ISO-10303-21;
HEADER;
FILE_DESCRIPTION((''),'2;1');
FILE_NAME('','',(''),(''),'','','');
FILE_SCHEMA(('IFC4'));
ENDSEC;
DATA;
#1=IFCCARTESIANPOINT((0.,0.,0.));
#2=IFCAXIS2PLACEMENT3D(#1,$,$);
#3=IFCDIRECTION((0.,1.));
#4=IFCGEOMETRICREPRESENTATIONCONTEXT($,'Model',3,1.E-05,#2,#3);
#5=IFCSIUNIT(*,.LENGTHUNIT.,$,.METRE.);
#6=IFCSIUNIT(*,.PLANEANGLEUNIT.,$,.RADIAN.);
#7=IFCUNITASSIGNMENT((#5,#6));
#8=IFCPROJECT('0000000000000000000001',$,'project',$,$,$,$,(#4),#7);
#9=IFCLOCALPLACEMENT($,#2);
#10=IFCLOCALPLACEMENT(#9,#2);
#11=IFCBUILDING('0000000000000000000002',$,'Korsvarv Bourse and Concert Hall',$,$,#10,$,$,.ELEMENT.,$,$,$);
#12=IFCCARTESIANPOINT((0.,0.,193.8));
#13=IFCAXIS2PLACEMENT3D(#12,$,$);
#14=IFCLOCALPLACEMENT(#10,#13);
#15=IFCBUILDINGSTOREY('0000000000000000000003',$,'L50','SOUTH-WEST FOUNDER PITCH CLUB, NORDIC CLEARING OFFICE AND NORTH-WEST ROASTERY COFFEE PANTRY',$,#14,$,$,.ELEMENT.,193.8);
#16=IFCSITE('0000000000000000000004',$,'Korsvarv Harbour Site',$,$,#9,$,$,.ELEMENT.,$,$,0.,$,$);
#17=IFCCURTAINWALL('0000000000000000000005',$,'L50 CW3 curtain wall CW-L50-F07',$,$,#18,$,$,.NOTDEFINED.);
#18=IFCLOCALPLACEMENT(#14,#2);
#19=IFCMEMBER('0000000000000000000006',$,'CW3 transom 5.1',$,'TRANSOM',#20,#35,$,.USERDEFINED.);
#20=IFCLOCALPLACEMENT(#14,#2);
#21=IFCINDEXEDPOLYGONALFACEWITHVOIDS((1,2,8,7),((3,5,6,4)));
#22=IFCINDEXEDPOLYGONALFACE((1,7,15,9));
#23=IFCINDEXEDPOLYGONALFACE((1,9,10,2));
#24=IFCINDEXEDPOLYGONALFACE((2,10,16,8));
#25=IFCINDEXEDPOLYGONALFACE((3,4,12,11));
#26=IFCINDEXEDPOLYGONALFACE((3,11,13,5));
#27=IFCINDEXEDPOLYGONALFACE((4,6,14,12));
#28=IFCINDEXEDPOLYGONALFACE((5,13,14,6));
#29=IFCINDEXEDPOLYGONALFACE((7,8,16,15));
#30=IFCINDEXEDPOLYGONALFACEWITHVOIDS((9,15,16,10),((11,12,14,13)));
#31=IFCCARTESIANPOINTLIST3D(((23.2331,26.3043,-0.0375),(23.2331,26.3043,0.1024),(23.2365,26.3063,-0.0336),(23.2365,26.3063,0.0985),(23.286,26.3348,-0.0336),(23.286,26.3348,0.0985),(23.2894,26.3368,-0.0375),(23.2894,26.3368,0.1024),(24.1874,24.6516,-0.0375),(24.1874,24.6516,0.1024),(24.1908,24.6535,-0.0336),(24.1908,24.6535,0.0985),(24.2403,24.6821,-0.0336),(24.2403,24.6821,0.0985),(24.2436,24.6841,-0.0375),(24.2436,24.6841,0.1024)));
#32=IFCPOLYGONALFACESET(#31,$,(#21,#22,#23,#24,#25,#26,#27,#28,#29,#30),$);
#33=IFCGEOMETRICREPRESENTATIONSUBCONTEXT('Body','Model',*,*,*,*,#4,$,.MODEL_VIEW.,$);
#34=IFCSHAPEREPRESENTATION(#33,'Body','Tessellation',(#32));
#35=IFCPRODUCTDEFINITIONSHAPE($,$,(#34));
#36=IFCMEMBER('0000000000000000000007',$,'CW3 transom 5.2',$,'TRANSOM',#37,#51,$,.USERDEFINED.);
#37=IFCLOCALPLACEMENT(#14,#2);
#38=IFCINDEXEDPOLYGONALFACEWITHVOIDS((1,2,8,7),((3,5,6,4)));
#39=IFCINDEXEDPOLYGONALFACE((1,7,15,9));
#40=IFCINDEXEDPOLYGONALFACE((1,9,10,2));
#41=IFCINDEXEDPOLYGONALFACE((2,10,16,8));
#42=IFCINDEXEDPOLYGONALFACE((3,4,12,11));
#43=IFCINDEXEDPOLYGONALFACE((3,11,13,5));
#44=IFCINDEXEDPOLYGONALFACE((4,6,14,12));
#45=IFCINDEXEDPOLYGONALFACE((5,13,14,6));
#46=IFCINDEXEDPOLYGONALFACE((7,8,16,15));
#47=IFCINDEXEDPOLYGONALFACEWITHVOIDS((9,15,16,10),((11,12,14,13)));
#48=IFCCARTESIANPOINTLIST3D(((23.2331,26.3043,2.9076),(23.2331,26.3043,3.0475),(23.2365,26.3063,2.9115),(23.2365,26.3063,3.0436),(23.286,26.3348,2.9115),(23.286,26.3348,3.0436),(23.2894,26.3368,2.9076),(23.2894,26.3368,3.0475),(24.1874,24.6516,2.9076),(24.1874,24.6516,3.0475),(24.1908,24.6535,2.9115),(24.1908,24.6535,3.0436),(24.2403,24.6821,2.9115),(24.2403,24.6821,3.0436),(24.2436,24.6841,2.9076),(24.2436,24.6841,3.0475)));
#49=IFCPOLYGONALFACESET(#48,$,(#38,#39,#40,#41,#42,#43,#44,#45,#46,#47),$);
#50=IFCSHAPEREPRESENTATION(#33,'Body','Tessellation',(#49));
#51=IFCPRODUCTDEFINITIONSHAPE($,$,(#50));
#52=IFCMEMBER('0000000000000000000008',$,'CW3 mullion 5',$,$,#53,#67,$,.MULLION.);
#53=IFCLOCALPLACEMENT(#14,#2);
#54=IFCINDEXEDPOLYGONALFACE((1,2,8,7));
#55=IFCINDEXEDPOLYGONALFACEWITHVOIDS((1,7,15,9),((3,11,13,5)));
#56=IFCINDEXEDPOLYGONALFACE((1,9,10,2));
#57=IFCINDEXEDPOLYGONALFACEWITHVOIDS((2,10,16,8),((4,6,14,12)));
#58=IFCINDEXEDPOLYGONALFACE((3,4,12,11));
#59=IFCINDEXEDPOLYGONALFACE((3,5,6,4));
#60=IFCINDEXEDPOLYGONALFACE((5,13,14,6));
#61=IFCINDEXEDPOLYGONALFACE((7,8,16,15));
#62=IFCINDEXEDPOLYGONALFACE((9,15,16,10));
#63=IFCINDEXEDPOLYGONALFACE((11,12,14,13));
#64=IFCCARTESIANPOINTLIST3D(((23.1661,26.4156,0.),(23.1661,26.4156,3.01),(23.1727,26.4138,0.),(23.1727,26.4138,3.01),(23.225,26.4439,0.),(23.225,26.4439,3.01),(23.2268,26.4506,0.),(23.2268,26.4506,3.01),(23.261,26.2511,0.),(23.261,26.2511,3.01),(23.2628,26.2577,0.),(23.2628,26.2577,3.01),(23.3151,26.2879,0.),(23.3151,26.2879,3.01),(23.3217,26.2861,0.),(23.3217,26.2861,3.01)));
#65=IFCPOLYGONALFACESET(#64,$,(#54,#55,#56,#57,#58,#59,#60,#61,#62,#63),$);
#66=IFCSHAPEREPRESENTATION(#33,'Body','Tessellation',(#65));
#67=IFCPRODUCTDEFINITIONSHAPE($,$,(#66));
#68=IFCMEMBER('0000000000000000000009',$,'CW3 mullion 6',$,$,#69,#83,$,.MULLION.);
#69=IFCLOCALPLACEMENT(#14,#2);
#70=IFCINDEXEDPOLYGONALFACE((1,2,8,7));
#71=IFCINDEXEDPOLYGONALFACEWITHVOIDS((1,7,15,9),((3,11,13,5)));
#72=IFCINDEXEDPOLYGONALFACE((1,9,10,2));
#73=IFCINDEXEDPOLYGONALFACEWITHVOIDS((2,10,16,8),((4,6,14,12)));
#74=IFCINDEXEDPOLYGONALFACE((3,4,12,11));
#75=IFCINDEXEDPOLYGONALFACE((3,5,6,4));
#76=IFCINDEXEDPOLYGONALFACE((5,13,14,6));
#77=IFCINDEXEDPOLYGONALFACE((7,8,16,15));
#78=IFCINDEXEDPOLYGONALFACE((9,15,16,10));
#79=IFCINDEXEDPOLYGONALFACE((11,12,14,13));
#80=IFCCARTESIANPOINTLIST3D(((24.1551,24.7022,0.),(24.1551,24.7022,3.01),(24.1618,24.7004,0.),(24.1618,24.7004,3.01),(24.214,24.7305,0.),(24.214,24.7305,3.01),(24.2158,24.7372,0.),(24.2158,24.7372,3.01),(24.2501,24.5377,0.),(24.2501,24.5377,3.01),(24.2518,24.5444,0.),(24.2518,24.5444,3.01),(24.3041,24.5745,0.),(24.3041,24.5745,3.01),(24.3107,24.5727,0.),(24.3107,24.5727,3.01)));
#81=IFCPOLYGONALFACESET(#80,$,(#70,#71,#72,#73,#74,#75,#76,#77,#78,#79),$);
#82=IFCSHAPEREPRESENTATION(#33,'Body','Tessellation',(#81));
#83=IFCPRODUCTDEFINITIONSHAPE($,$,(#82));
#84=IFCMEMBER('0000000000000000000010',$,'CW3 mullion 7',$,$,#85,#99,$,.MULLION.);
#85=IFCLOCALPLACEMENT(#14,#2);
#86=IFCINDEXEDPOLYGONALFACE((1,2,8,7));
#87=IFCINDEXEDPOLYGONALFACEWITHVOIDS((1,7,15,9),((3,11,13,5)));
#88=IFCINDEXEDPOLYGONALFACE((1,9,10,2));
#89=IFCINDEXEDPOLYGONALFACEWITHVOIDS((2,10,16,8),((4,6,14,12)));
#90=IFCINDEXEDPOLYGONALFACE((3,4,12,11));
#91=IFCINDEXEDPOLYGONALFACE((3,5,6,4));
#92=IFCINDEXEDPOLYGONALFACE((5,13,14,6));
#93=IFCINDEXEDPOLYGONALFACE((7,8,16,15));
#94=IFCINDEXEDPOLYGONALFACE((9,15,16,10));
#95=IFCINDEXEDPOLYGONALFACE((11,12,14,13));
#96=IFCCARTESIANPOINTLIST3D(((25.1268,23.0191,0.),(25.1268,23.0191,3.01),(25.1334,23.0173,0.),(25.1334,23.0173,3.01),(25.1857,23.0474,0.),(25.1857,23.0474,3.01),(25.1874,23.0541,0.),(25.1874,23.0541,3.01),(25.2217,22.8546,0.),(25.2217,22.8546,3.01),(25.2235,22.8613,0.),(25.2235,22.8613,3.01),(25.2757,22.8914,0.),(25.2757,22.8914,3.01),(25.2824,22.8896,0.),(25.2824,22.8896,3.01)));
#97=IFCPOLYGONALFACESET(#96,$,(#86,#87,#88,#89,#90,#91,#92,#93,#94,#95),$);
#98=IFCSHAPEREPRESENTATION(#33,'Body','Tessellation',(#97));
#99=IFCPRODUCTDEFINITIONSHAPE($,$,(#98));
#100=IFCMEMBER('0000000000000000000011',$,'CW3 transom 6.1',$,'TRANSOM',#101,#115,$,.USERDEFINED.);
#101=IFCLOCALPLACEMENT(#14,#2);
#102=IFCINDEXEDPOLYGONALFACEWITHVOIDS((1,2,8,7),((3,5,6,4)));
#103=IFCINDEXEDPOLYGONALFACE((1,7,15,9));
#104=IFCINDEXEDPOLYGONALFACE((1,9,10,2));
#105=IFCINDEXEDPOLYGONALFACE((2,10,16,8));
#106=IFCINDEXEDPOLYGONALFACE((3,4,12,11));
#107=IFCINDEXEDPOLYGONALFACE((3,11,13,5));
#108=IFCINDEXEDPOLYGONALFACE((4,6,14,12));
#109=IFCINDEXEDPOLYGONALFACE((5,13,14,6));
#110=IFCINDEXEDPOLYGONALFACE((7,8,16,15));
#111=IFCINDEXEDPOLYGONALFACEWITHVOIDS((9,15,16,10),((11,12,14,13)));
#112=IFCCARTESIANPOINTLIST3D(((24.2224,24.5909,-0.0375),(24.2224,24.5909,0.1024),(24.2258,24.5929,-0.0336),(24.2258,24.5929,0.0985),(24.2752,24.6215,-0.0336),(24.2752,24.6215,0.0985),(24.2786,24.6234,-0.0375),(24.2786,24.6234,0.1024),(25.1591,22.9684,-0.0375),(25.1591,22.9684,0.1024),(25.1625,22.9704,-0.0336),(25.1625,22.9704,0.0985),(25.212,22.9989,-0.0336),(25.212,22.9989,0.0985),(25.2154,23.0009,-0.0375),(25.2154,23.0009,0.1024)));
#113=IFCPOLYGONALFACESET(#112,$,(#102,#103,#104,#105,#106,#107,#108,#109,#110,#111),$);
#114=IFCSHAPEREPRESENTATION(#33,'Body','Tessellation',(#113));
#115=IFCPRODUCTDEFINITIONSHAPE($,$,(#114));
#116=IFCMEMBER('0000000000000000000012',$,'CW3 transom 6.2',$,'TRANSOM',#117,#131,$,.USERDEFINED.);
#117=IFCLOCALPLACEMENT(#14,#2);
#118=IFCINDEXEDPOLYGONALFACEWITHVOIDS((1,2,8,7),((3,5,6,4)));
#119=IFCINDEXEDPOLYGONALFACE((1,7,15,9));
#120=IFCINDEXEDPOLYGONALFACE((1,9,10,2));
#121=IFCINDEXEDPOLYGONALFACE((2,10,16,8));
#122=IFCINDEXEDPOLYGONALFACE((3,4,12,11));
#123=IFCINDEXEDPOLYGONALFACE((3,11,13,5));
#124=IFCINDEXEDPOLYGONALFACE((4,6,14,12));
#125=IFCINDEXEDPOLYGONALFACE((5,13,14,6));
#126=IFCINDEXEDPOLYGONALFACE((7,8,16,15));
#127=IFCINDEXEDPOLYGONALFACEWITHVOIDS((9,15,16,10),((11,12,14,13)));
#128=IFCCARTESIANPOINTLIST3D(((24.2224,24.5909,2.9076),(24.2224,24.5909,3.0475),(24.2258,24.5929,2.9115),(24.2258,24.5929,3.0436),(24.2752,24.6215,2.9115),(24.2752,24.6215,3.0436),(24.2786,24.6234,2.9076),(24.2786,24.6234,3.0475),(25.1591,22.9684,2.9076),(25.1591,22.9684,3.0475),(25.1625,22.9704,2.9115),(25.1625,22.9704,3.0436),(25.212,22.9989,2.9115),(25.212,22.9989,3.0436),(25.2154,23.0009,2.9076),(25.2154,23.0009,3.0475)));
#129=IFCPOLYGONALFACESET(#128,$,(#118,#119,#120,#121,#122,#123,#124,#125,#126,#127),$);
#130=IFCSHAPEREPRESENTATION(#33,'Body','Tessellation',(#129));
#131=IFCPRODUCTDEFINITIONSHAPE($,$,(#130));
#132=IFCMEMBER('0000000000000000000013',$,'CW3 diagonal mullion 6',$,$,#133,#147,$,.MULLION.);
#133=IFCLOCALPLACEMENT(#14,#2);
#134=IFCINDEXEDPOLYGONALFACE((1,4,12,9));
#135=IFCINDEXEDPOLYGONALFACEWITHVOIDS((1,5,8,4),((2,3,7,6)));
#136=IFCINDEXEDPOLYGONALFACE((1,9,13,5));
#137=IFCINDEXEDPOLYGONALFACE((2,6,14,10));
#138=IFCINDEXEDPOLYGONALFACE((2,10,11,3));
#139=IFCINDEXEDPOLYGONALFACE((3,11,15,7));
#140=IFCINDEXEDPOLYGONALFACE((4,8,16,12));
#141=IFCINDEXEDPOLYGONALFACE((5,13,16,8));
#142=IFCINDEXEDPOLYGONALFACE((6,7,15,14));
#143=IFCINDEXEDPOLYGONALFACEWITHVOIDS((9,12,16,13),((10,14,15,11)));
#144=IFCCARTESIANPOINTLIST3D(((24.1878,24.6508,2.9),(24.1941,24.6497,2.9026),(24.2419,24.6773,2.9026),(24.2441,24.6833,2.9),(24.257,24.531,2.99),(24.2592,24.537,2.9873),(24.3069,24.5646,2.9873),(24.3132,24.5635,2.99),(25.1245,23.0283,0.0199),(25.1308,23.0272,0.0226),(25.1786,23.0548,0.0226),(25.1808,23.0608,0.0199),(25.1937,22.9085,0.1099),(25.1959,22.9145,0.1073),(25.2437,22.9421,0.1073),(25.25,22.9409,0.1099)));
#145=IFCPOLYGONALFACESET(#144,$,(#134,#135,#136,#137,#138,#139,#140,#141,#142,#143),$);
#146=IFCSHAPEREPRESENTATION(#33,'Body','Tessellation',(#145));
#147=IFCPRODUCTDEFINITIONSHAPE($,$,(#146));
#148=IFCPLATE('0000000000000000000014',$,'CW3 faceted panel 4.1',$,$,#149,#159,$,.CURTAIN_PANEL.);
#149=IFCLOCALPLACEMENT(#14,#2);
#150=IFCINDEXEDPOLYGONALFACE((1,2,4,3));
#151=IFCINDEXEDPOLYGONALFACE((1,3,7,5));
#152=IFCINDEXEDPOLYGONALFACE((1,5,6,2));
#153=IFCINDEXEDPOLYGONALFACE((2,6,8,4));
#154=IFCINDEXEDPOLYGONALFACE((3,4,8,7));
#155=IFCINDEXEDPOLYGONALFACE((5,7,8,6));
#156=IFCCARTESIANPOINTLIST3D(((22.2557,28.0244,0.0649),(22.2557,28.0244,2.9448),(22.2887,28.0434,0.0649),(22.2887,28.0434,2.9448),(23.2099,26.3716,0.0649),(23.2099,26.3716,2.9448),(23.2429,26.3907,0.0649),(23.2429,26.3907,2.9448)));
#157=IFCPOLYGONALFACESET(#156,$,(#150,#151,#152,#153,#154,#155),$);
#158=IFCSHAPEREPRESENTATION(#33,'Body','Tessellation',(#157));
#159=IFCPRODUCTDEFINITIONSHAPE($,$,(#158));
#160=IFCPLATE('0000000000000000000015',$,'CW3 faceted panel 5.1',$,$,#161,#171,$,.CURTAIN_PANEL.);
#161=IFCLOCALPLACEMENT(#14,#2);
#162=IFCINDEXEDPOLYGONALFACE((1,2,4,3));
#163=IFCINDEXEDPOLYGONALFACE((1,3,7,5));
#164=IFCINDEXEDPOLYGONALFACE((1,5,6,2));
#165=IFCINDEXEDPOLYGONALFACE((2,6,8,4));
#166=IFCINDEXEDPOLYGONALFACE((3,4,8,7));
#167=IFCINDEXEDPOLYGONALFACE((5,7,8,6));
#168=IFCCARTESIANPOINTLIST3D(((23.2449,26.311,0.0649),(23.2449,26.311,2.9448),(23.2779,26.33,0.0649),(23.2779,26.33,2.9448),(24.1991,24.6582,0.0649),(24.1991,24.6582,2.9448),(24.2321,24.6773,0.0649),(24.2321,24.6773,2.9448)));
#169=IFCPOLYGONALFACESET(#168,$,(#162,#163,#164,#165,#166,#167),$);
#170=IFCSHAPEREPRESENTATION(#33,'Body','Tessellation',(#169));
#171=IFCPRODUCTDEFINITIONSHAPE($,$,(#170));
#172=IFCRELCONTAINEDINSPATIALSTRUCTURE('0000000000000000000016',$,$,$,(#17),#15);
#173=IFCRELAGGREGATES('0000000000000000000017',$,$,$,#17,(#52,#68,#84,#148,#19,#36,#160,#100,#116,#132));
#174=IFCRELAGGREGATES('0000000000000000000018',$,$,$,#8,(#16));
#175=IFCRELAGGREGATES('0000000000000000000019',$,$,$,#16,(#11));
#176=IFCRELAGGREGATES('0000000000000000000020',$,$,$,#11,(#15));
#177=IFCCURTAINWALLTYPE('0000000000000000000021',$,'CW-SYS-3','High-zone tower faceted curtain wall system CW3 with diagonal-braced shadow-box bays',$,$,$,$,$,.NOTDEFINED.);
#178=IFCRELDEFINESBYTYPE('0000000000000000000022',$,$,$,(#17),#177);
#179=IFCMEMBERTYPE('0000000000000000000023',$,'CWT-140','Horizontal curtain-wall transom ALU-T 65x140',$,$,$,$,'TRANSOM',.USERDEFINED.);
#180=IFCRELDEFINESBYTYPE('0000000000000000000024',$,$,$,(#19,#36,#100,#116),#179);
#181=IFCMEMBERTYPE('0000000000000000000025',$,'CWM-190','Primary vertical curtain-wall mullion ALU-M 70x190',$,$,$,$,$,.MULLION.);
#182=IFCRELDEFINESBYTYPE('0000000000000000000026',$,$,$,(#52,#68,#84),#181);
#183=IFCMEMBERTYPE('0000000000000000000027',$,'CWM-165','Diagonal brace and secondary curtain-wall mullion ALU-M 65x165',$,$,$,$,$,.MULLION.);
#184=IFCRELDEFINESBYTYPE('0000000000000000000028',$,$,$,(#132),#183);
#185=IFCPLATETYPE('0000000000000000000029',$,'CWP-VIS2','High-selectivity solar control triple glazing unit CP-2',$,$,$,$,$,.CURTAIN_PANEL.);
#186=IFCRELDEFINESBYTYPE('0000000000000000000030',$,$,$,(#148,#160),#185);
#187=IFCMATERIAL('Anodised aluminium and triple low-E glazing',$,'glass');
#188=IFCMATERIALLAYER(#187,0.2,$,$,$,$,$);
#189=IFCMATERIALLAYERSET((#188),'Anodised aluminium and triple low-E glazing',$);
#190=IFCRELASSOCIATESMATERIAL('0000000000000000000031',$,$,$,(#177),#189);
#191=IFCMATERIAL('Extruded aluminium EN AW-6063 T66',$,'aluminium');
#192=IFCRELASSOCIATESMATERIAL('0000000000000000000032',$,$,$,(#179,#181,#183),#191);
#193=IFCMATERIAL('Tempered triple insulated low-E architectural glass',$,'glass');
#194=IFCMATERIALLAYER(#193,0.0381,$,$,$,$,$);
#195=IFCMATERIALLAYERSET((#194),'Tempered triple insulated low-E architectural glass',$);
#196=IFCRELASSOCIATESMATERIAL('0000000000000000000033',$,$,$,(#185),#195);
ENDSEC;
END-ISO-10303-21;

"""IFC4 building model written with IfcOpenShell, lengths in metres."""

from ifc_helpers import new_model, si_unit, direction, frame, origin, origin_2d, place, context, subcontext, project, spatial, rectangle, hollow_rectangle, extrude, source, transform, mapped, material, layer, layer_set, material_profile, profile_set, type_object, element, aggregate, save


model = new_model("IFC4")

# Units and contexts
model_context = context("Model", 3, precision=1e-05, world=origin(), true_north=direction((0.0, 1.0)))
body_context = subcontext(model_context, "Body", "Model", "MODEL_VIEW")
ifc_project = project(units=[si_unit("LENGTHUNIT", "METRE"), si_unit("PLANEANGLEUNIT", "RADIAN")], contexts=[model_context])

# Site, building, storey
site_placement = place(None, origin())
site = spatial("IfcSite", under=ifc_project, at=site_placement, Name="Korsvarv Harbour Site", CompositionType="ELEMENT", RefElevation=0.0)
building_placement = place(site_placement, origin())
building = spatial("IfcBuilding", under=site, at=building_placement, Name="Korsvarv Bourse and Concert Hall", CompositionType="ELEMENT")
storey_placement = place(building_placement, frame((0.0, 0.0, 193.8)))
storey = spatial("IfcBuildingStorey", under=building, at=storey_placement, Name="L50", Description="SOUTH-WEST FOUNDER PITCH CLUB, NORDIC CLEARING OFFICE AND NORTH-WEST ROASTERY COFFEE PANTRY", CompositionType="ELEMENT", Elevation=193.8)

# Curtain wall, members, plates
ifc_material_1 = material(Name="Anodised aluminium and triple low-E glazing", Category="glass")
ifc_layer_1 = layer(ifc_material_1, 0.2)
ifc_layer_set_1 = layer_set([ifc_layer_1], Name="Anodised aluminium and triple low-E glazing")
curtain_wall_type = type_object("IfcCurtainWallType", Name="CW-SYS-3", Description="High-zone tower faceted curtain wall system CW3 with diagonal-braced shadow-box bays", PredefinedType="NOTDEFINED", material=ifc_layer_set_1)
curtain_wall_placement = place(storey_placement, origin())
curtain_wall = element("IfcCurtainWall", 1, at=curtain_wall_placement, inside=storey, type_object=curtain_wall_type, Name="L50 CW3 curtain wall CW-L50-F07", PredefinedType="NOTDEFINED")
ifc_material_2 = material(Name="Extruded aluminium EN AW-6063 T66", Category="aluminium")
ifc_material_profile_1 = material_profile(ifc_material_2, hollow_rectangle(XDim=0.0649, YDim=0.1399, WallThickness=0.0039, at=origin_2d()), Name="ALU-T 65x140")
ifc_profile_set_1 = profile_set([ifc_material_profile_1], Name="Extruded aluminium EN AW-6063 T66")
member_type_1 = type_object("IfcMemberType", Name="CWT-140", Description="Horizontal curtain-wall transom ALU-T 65x140", ElementType="TRANSOM", PredefinedType="USERDEFINED", material=ifc_profile_set_1)
shared_shape_1 = source(origin(), body_context, "Body", "SweptSolid", [
    extrude(hollow_rectangle(XDim=0.0649, YDim=0.1399, WallThickness=0.0039, at=origin_2d()), origin(), (0.0, 0.0, 1.0), 1.9084),
])
member_1_placement = place(storey_placement, frame((23.2612, 26.3206, 0.0325), z_axis=(0.500032, -0.866007, 0.0), x_axis=(0.866007, 0.500032, 0.0)))
member_1 = element("IfcMember", 2, at=member_1_placement, type_object=member_type_1, Name="CW3 transom 5.1", ObjectType="TRANSOM", PredefinedType="USERDEFINED", context=body_context, shape_type="MappedRepresentation", body=[
    mapped(shared_shape_1, transform((0.0, 0.0, 0.0), scale=1.0)),
])
member_2_placement = place(storey_placement, frame((23.2612, 26.3206, 2.9775), z_axis=(0.500032, -0.866007, 0.0), x_axis=(0.866007, 0.500032, 0.0)))
member_2 = element("IfcMember", 3, at=member_2_placement, type_object=member_type_1, Name="CW3 transom 5.2", ObjectType="TRANSOM", PredefinedType="USERDEFINED", context=body_context, shape_type="MappedRepresentation", body=[
    mapped(shared_shape_1, transform((0.0, 0.0, 0.0), scale=1.0)),
])
ifc_material_profile_2 = material_profile(ifc_material_2, hollow_rectangle(XDim=0.0701, YDim=0.1899, WallThickness=0.0049, at=origin_2d()), Name="ALU-M 70x190")
ifc_profile_set_2 = profile_set([ifc_material_profile_2], Name="Extruded aluminium EN AW-6063 T66")
member_type_2 = type_object("IfcMemberType", Name="CWM-190", Description="Primary vertical curtain-wall mullion ALU-M 70x190", PredefinedType="MULLION", material=ifc_profile_set_2)
shared_shape_2 = source(origin(), body_context, "Body", "SweptSolid", [
    extrude(hollow_rectangle(XDim=0.0701, YDim=0.1899, WallThickness=0.0049, at=origin_2d()), origin(), (0.0, 0.0, 1.0), 3.01),
])
member_3_placement = place(storey_placement, frame((23.2439, 26.3508, 0.0), z_axis=(0.0, 0.0, 1.0), x_axis=(0.86603, 0.499993, 0.0)))
member_3 = element("IfcMember", 4, at=member_3_placement, type_object=member_type_2, Name="CW3 mullion 5", PredefinedType="MULLION", context=body_context, shape_type="MappedRepresentation", body=[
    mapped(shared_shape_2, transform((0.0, 0.0, 0.0), scale=1.0)),
])
member_4_placement = place(storey_placement, frame((24.2329, 24.6375, 0.0), z_axis=(0.0, 0.0, 1.0), x_axis=(0.86603, 0.499993, 0.0)))
member_4 = element("IfcMember", 5, at=member_4_placement, type_object=member_type_2, Name="CW3 mullion 6", PredefinedType="MULLION", context=body_context, shape_type="MappedRepresentation", body=[
    mapped(shared_shape_2, transform((0.0, 0.0, 0.0), scale=1.0)),
])
member_5_placement = place(storey_placement, frame((25.2046, 22.9543, 0.0), z_axis=(0.0, 0.0, 1.0), x_axis=(0.86603, 0.499993, 0.0)))
member_5 = element("IfcMember", 6, at=member_5_placement, type_object=member_type_2, Name="CW3 mullion 7", PredefinedType="MULLION", context=body_context, shape_type="MappedRepresentation", body=[
    mapped(shared_shape_2, transform((0.0, 0.0, 0.0), scale=1.0)),
])
shared_shape_3 = source(origin(), body_context, "Body", "SweptSolid", [
    extrude(hollow_rectangle(XDim=0.0649, YDim=0.1399, WallThickness=0.0039, at=origin_2d()), origin(), (0.0, 0.0, 1.0), 1.8735),
])
member_6_placement = place(storey_placement, frame((24.2505, 24.6072, 0.0325), z_axis=(0.499993, -0.866029, 0.0), x_axis=(0.866029, 0.499993, 0.0)))
member_6 = element("IfcMember", 7, at=member_6_placement, type_object=member_type_1, Name="CW3 transom 6.1", ObjectType="TRANSOM", PredefinedType="USERDEFINED", context=body_context, shape_type="MappedRepresentation", body=[
    mapped(shared_shape_3, transform((0.0, 0.0, 0.0), scale=1.0)),
])
member_7_placement = place(storey_placement, frame((24.2505, 24.6072, 2.9775), z_axis=(0.499993, -0.866029, 0.0), x_axis=(0.866029, 0.499993, 0.0)))
member_7 = element("IfcMember", 8, at=member_7_placement, type_object=member_type_1, Name="CW3 transom 6.2", ObjectType="TRANSOM", PredefinedType="USERDEFINED", context=body_context, shape_type="MappedRepresentation", body=[
    mapped(shared_shape_3, transform((0.0, 0.0, 0.0), scale=1.0)),
])
ifc_material_profile_3 = material_profile(ifc_material_2, hollow_rectangle(XDim=0.0649, YDim=0.165, WallThickness=0.0049, at=origin_2d()), Name="ALU-M 65x165")
ifc_profile_set_3 = profile_set([ifc_material_profile_3], Name="Extruded aluminium EN AW-6063 T66")
member_type_3 = type_object("IfcMemberType", Name="CWM-165", Description="Diagonal brace and secondary curtain-wall mullion ALU-M 65x165", PredefinedType="MULLION", material=ifc_profile_set_3)
shared_shape_4 = source(origin(), body_context, "Body", "SweptSolid", [
    extrude(hollow_rectangle(XDim=0.0649, YDim=0.165, WallThickness=0.0049, at=origin_2d()), origin(), (0.0, 0.0, 1.0), 3.4358),
])
member_8_placement = place(storey_placement, frame((25.1873, 22.9846, 0.0649), z_axis=(-0.272642, 0.472238, 0.838247), x_axis=(-0.866029, -0.499993, 0.0)))
member_8 = element("IfcMember", 9, at=member_8_placement, type_object=member_type_3, Name="CW3 diagonal mullion 6", PredefinedType="MULLION", context=body_context, shape_type="MappedRepresentation", body=[
    mapped(shared_shape_4, transform((0.0, 0.0, 0.0), scale=1.0)),
])
ifc_material_3 = material(Name="Tempered triple insulated low-E architectural glass", Category="glass")
ifc_layer_2 = layer(ifc_material_3, 0.0381)
ifc_layer_set_2 = layer_set([ifc_layer_2], Name="Tempered triple insulated low-E architectural glass")
plate_type_1 = type_object("IfcPlateType", Name="CWP-VIS2", Description="High-selectivity solar control triple glazing unit CP-2", PredefinedType="CURTAIN_PANEL", material=ifc_layer_set_2)
shared_shape_5 = source(origin(), body_context, "Body", "SweptSolid", [
    extrude(rectangle(XDim=1.9084, YDim=0.0381, at=origin_2d()), origin(), (0.0, 0.0, 1.0), 2.8799),
])
plate_1_placement = place(storey_placement, frame((22.7493, 27.2075, 0.0649), z_axis=(0.0, 0.0, 1.0), x_axis=(0.499993, -0.86603, 0.0)))
plate_1 = element("IfcPlate", 10, at=plate_1_placement, type_object=plate_type_1, Name="CW3 faceted panel 4.1", PredefinedType="CURTAIN_PANEL", context=body_context, shape_type="MappedRepresentation", body=[
    mapped(shared_shape_5, transform((0.0, 0.0, 0.0), scale=1.0)),
])
plate_2_placement = place(storey_placement, frame((23.7385, 25.4941, 0.0649), z_axis=(0.0, 0.0, 1.0), x_axis=(0.499993, -0.86603, 0.0)))
plate_2 = element("IfcPlate", 11, at=plate_2_placement, type_object=plate_type_1, Name="CW3 faceted panel 5.1", PredefinedType="CURTAIN_PANEL", context=body_context, shape_type="MappedRepresentation", body=[
    mapped(shared_shape_5, transform((0.0, 0.0, 0.0), scale=1.0)),
])
aggregate(curtain_wall, [member_3, member_4, member_5, plate_1, member_1, member_2, plate_2, member_6, member_7, member_8])

save(model, "model.ifc")
